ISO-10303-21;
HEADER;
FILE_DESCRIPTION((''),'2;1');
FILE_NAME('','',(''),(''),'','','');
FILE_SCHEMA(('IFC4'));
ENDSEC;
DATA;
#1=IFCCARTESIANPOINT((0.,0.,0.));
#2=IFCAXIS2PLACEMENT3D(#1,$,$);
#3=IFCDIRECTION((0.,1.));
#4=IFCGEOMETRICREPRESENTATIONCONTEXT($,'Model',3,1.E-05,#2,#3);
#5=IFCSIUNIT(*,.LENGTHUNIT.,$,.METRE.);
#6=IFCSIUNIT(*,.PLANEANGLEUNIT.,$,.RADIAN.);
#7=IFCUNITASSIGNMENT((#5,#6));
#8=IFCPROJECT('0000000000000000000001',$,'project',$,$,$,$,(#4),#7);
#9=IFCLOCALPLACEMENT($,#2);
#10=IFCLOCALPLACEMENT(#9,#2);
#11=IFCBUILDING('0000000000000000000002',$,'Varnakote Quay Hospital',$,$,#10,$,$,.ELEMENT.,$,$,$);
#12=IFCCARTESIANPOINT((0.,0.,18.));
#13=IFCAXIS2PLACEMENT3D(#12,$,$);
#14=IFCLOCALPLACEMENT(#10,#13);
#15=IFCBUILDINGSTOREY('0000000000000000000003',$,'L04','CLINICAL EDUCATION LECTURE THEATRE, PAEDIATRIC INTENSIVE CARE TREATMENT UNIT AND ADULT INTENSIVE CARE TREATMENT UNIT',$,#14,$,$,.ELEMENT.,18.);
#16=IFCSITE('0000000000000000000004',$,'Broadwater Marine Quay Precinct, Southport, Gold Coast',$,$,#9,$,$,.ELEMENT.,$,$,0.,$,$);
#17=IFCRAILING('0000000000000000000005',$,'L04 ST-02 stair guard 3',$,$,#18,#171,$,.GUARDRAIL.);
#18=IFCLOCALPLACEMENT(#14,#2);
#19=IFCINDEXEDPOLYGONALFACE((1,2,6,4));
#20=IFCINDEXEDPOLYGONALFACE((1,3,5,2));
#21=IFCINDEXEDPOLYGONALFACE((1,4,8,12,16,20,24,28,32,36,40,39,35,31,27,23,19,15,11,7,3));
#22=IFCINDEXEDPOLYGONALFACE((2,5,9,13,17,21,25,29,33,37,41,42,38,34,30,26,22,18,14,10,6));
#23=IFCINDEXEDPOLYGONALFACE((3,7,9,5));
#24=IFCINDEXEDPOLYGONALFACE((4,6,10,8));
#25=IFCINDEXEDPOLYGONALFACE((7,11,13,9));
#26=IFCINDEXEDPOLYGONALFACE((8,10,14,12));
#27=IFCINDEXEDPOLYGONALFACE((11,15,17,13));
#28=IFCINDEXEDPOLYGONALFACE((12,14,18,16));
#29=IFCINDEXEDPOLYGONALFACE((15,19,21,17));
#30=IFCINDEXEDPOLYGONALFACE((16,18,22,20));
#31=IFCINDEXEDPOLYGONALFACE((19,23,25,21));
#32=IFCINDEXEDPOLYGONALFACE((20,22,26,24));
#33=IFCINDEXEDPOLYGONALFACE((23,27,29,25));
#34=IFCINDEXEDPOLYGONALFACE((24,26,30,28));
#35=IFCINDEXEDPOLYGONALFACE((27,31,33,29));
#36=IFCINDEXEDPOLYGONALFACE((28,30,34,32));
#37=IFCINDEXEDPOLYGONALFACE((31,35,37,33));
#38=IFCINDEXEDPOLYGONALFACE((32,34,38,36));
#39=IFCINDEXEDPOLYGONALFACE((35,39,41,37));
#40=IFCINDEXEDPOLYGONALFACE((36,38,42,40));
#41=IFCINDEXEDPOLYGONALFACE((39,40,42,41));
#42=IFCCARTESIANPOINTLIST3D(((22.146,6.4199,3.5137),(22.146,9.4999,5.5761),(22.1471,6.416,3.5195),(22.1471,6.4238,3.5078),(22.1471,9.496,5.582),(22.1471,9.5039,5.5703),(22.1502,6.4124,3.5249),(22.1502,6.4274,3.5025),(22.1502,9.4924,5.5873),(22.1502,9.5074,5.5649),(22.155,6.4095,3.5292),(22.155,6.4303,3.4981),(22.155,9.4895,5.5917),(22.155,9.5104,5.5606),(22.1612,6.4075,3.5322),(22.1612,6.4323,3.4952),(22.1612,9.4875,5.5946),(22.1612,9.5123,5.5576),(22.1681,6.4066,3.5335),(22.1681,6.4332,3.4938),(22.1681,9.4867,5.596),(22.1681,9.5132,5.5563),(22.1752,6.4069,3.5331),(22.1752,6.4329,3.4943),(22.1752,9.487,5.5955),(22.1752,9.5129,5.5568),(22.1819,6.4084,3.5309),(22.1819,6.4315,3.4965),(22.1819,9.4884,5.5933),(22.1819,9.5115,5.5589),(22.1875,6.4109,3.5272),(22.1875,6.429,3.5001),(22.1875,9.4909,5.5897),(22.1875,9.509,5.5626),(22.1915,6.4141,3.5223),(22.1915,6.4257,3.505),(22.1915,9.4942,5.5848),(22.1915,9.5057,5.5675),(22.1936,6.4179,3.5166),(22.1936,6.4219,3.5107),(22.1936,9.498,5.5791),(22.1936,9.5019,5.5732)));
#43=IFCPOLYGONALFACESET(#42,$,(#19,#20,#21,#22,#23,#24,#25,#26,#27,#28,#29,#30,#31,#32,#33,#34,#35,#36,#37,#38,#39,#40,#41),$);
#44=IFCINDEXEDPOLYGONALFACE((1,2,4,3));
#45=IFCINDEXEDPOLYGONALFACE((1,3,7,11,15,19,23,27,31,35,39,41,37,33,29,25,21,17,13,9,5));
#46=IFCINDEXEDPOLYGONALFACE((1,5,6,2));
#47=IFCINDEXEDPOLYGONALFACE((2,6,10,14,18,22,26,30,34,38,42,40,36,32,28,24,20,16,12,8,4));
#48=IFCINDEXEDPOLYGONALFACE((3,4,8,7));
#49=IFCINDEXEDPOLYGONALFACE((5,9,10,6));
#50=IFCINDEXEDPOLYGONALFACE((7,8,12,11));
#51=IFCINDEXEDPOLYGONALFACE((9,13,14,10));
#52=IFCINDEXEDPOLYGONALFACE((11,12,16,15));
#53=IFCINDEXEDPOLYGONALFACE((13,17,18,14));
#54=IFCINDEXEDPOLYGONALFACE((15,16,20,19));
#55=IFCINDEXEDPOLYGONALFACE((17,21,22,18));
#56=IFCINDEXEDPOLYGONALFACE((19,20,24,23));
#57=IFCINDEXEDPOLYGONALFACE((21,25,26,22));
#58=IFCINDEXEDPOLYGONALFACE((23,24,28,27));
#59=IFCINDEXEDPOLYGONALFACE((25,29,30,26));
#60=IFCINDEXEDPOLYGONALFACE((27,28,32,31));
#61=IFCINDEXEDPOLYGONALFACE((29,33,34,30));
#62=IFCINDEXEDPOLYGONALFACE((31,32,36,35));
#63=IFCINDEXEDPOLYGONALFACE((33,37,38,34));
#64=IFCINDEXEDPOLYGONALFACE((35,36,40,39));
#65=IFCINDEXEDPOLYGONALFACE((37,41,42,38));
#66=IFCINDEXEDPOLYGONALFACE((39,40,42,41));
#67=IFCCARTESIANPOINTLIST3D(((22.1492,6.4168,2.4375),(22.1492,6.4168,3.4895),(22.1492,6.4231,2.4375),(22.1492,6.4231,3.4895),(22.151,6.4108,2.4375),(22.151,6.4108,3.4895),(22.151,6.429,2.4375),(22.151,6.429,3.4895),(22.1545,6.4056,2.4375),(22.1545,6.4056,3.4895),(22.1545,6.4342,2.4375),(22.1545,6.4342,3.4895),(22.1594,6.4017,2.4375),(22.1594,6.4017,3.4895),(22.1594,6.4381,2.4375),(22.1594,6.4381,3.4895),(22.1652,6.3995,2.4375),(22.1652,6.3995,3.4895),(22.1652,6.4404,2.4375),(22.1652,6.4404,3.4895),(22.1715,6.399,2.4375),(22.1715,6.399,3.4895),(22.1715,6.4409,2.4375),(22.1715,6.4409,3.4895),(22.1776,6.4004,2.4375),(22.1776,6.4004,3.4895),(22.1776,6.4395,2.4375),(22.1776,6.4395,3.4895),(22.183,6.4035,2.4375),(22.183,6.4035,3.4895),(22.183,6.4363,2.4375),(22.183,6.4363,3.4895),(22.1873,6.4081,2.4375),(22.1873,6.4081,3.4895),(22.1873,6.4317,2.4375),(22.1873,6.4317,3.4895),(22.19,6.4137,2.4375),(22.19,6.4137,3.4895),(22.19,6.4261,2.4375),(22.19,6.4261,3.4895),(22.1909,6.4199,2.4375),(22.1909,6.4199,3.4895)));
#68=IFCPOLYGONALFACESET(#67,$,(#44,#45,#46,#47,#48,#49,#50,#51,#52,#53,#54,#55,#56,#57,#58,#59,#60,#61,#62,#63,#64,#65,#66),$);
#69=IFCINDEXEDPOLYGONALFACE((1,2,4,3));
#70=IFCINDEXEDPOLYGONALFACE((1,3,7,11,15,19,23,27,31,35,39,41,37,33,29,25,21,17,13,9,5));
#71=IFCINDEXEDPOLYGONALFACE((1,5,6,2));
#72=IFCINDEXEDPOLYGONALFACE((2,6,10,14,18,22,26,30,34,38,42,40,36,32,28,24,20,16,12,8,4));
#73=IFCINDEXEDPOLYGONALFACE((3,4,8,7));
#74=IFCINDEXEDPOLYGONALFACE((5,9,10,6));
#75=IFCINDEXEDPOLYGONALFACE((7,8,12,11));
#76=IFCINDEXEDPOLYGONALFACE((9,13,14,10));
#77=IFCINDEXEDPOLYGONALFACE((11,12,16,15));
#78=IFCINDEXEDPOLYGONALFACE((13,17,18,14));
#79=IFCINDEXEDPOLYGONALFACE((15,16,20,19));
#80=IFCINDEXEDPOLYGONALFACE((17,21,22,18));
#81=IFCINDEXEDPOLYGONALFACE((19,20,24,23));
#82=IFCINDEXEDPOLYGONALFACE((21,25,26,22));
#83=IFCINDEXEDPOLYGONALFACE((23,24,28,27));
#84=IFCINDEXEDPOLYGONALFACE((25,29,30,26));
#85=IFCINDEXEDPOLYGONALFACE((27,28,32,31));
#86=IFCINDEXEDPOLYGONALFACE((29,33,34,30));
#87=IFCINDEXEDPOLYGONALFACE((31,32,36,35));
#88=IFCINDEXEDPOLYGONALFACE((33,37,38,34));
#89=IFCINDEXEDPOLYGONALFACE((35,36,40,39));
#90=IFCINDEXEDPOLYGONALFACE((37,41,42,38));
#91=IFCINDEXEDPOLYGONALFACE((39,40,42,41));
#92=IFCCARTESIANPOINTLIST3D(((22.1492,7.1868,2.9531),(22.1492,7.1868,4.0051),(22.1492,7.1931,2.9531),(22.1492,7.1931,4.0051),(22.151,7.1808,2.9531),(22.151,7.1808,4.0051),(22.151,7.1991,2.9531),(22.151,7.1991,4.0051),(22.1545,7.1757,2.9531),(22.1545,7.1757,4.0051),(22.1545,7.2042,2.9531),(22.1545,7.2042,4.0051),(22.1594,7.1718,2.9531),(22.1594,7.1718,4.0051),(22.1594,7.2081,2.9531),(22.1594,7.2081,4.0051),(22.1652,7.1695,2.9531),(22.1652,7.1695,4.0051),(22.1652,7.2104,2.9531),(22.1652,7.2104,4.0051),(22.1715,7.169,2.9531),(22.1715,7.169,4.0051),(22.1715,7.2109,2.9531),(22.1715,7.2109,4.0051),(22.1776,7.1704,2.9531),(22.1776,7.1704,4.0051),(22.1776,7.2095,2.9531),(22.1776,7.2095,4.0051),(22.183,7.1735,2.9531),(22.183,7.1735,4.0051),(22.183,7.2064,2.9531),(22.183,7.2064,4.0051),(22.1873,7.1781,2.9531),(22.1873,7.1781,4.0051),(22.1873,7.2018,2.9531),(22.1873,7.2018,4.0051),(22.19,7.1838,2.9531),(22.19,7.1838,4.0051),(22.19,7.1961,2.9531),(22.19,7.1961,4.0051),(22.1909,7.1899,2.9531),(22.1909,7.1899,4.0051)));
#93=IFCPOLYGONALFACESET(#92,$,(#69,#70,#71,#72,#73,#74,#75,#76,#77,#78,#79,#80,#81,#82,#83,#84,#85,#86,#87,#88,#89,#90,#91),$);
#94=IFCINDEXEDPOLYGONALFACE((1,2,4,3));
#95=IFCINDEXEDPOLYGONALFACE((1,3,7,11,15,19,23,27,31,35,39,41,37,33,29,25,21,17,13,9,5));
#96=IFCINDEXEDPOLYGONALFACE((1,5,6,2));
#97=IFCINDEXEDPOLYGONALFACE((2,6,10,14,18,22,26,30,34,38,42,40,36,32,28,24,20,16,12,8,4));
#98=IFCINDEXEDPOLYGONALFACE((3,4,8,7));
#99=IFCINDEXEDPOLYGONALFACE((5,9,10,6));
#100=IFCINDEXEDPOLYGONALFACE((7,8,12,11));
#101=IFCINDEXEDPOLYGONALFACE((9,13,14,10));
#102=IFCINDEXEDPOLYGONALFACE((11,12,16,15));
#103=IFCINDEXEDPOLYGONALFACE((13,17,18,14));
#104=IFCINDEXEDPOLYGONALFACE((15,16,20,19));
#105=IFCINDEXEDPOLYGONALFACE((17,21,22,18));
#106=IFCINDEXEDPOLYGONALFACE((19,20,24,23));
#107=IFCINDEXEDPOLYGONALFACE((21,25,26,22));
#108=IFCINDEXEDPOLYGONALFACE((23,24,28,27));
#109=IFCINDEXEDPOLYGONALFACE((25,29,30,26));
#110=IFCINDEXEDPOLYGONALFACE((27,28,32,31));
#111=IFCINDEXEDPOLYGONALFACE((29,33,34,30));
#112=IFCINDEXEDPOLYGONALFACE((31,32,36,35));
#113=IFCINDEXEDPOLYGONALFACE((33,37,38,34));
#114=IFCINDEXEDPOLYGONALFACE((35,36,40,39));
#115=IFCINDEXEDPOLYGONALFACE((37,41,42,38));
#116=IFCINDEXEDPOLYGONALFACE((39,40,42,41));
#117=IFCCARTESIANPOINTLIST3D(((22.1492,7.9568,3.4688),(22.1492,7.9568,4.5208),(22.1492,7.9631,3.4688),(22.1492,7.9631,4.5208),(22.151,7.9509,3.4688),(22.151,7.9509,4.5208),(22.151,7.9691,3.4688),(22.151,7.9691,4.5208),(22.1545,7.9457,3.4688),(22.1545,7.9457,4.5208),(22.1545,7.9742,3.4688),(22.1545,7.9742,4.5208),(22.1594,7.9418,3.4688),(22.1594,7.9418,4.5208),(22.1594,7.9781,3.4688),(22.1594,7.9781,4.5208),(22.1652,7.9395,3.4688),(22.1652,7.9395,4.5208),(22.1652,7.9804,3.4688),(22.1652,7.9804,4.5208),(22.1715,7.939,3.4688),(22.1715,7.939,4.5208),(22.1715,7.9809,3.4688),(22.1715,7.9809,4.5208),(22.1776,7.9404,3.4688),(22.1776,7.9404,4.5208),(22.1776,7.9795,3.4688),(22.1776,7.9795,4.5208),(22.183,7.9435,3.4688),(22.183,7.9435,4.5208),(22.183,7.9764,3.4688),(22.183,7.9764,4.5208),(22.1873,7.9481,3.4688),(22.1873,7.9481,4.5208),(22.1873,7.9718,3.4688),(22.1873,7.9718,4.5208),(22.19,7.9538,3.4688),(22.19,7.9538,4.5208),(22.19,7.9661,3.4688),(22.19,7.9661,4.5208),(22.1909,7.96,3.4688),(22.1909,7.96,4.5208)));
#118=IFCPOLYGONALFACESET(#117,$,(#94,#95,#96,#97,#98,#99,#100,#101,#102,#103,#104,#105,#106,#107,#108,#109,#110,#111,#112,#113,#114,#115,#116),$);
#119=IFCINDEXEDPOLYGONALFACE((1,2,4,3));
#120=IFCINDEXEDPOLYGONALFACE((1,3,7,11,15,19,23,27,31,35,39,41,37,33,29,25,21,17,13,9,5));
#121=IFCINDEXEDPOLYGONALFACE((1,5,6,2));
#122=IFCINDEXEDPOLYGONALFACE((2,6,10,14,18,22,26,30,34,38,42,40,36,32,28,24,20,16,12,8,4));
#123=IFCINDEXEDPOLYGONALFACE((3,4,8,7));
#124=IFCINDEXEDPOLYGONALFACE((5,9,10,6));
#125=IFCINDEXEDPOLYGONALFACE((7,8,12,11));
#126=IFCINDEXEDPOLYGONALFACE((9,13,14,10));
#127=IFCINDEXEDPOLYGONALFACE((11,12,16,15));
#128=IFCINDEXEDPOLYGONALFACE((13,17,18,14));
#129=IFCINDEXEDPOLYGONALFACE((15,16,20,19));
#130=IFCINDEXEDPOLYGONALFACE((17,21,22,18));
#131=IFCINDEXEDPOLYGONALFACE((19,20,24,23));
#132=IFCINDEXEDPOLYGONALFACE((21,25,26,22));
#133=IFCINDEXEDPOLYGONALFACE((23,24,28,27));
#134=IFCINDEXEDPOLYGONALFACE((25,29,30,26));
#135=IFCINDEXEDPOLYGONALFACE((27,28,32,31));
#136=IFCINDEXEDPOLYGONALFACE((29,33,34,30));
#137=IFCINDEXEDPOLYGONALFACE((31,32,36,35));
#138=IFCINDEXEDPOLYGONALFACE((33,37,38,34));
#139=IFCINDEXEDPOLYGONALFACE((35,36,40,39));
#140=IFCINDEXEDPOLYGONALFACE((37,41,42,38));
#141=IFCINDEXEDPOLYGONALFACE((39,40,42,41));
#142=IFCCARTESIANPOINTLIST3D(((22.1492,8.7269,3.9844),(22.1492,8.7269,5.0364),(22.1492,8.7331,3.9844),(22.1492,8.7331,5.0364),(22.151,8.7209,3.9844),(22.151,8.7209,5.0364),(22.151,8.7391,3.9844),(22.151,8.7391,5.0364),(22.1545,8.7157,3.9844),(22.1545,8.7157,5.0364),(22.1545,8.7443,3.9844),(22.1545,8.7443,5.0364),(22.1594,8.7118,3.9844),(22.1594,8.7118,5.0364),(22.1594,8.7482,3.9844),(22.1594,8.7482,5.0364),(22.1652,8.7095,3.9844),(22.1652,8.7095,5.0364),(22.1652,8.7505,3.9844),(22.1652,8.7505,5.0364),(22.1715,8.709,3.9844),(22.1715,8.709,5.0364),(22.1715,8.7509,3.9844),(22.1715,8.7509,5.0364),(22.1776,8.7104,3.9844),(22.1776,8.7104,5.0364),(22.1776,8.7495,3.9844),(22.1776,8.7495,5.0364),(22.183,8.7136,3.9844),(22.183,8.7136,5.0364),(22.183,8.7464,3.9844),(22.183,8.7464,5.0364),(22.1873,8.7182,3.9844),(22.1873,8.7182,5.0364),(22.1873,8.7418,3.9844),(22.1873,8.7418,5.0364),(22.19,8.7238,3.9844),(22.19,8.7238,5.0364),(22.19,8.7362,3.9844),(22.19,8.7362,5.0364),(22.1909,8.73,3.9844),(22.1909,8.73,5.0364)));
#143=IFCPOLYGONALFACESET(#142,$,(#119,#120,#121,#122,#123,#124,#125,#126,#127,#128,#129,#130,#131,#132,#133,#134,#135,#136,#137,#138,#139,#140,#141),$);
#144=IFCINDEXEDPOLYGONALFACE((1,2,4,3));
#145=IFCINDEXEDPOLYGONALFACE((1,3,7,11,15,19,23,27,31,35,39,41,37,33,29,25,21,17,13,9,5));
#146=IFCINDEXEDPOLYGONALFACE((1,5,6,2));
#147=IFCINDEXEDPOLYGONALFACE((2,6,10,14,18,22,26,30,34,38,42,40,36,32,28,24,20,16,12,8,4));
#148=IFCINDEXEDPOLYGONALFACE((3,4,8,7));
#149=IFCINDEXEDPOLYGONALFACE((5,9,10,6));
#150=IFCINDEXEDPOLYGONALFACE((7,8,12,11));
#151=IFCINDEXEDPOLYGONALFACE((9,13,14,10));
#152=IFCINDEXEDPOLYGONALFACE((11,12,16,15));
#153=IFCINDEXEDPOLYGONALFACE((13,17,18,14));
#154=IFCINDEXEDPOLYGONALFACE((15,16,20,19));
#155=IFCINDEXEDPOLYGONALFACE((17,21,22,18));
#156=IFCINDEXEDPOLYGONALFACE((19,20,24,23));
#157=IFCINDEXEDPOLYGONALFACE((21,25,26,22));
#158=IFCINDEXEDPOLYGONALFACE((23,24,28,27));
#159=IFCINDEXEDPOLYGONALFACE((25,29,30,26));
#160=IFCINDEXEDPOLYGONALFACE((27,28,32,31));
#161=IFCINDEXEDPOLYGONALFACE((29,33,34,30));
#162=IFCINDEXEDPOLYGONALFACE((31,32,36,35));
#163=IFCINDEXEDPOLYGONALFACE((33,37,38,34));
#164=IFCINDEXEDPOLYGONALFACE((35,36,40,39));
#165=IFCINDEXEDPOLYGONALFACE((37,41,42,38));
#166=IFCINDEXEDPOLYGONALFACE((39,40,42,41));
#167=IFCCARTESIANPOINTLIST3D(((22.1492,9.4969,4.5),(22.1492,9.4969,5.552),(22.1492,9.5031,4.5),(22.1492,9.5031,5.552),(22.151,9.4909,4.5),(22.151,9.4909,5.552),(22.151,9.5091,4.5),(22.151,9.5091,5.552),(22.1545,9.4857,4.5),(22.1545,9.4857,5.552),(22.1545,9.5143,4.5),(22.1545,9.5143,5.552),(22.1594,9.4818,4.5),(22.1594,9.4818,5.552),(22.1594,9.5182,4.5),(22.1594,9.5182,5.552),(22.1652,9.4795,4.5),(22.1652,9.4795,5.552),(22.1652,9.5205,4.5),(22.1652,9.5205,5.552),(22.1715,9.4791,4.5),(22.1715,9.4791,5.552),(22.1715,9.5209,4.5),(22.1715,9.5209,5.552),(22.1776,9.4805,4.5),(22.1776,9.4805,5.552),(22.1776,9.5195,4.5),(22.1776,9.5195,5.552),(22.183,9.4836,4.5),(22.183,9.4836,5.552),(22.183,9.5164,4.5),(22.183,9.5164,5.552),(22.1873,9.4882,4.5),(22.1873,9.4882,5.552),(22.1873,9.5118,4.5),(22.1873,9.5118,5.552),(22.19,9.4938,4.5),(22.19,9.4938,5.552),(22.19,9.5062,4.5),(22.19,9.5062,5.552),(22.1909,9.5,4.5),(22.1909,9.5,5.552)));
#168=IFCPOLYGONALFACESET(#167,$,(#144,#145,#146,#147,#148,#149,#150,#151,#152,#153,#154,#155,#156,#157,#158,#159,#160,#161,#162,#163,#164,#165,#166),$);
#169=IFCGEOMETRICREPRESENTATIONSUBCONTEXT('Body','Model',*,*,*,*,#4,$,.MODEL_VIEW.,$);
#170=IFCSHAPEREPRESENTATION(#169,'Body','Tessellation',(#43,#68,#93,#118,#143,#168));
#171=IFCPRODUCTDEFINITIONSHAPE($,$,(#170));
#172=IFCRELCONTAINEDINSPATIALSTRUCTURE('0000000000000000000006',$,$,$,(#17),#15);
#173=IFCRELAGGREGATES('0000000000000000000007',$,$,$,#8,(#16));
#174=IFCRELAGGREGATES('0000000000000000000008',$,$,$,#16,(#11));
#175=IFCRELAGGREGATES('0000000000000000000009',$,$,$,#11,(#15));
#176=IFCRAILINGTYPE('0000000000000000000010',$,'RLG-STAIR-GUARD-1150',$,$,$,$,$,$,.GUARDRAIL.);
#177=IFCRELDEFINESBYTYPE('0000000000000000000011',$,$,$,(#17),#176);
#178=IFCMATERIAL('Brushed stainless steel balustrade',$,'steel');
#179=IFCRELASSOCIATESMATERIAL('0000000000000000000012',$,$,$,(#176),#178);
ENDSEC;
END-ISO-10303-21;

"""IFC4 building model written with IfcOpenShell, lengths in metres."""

from ifc_helpers import new_model, si_unit, direction, frame, origin, origin_2d, place, context, subcontext, project, spatial, circle, extrude, material, type_object, element, save


model = new_model("IFC4")

# Units and contexts
model_context = context("Model", 3, precision=1e-05, world=origin(), true_north=direction((0.0, 1.0)))
body_context = subcontext(model_context, "Body", "Model", "MODEL_VIEW")
ifc_project = project(units=[si_unit("LENGTHUNIT", "METRE"), si_unit("PLANEANGLEUNIT", "RADIAN")], contexts=[model_context])

# Site, building, storey
site_placement = place(None, origin())
site = spatial("IfcSite", under=ifc_project, at=site_placement, Name="Broadwater Marine Quay Precinct, Southport, Gold Coast", CompositionType="ELEMENT", RefElevation=0.0)
building_placement = place(site_placement, origin())
building = spatial("IfcBuilding", under=site, at=building_placement, Name="Varnakote Quay Hospital", CompositionType="ELEMENT")
storey_placement = place(building_placement, frame((0.0, 0.0, 18.0)))
storey = spatial("IfcBuildingStorey", under=building, at=storey_placement, Name="L04", Description="CLINICAL EDUCATION LECTURE THEATRE, PAEDIATRIC INTENSIVE CARE TREATMENT UNIT AND ADULT INTENSIVE CARE TREATMENT UNIT", CompositionType="ELEMENT", Elevation=18.0)

# Railing
ifc_material_1 = material(Name="Brushed stainless steel balustrade", Category="steel")
railing_type_1 = type_object("IfcRailingType", Name="RLG-STAIR-GUARD-1150", PredefinedType="GUARDRAIL", material=ifc_material_1)
railing_1_placement = place(storey_placement, frame((22.1699, 6.4199, 2.4375)))
element("IfcRailing", 1, at=railing_1_placement, inside=storey, type_object=railing_type_1, Name="L04 ST-02 stair guard 3", PredefinedType="GUARDRAIL", context=body_context, shape_type="SweptSolid", body=[
    extrude(circle(Radius=0.0239, at=origin_2d()), frame((0.0, 0.0, 1.0762), z_axis=(0.0, 0.830914, 0.556401), x_axis=(-1.0, 0.0, 0.0)), (0.0, 0.0, 1.0), 3.7068),
    extrude(circle(Radius=0.021, at=origin_2d()), origin(), (0.0, 0.0, 1.0), 1.052),
    extrude(circle(Radius=0.021, at=origin_2d()), frame((0.0, 0.77, 0.5156)), (0.0, 0.0, 1.0), 1.052),
    extrude(circle(Radius=0.021, at=origin_2d()), frame((0.0, 1.54, 1.0312)), (0.0, 0.0, 1.0), 1.052),
    extrude(circle(Radius=0.021, at=origin_2d()), frame((0.0, 2.3101, 1.5469)), (0.0, 0.0, 1.0), 1.052),
    extrude(circle(Radius=0.021, at=origin_2d()), frame((0.0, 3.0801, 2.0625)), (0.0, 0.0, 1.0), 1.052),
])

save(model, "model.ifc")
